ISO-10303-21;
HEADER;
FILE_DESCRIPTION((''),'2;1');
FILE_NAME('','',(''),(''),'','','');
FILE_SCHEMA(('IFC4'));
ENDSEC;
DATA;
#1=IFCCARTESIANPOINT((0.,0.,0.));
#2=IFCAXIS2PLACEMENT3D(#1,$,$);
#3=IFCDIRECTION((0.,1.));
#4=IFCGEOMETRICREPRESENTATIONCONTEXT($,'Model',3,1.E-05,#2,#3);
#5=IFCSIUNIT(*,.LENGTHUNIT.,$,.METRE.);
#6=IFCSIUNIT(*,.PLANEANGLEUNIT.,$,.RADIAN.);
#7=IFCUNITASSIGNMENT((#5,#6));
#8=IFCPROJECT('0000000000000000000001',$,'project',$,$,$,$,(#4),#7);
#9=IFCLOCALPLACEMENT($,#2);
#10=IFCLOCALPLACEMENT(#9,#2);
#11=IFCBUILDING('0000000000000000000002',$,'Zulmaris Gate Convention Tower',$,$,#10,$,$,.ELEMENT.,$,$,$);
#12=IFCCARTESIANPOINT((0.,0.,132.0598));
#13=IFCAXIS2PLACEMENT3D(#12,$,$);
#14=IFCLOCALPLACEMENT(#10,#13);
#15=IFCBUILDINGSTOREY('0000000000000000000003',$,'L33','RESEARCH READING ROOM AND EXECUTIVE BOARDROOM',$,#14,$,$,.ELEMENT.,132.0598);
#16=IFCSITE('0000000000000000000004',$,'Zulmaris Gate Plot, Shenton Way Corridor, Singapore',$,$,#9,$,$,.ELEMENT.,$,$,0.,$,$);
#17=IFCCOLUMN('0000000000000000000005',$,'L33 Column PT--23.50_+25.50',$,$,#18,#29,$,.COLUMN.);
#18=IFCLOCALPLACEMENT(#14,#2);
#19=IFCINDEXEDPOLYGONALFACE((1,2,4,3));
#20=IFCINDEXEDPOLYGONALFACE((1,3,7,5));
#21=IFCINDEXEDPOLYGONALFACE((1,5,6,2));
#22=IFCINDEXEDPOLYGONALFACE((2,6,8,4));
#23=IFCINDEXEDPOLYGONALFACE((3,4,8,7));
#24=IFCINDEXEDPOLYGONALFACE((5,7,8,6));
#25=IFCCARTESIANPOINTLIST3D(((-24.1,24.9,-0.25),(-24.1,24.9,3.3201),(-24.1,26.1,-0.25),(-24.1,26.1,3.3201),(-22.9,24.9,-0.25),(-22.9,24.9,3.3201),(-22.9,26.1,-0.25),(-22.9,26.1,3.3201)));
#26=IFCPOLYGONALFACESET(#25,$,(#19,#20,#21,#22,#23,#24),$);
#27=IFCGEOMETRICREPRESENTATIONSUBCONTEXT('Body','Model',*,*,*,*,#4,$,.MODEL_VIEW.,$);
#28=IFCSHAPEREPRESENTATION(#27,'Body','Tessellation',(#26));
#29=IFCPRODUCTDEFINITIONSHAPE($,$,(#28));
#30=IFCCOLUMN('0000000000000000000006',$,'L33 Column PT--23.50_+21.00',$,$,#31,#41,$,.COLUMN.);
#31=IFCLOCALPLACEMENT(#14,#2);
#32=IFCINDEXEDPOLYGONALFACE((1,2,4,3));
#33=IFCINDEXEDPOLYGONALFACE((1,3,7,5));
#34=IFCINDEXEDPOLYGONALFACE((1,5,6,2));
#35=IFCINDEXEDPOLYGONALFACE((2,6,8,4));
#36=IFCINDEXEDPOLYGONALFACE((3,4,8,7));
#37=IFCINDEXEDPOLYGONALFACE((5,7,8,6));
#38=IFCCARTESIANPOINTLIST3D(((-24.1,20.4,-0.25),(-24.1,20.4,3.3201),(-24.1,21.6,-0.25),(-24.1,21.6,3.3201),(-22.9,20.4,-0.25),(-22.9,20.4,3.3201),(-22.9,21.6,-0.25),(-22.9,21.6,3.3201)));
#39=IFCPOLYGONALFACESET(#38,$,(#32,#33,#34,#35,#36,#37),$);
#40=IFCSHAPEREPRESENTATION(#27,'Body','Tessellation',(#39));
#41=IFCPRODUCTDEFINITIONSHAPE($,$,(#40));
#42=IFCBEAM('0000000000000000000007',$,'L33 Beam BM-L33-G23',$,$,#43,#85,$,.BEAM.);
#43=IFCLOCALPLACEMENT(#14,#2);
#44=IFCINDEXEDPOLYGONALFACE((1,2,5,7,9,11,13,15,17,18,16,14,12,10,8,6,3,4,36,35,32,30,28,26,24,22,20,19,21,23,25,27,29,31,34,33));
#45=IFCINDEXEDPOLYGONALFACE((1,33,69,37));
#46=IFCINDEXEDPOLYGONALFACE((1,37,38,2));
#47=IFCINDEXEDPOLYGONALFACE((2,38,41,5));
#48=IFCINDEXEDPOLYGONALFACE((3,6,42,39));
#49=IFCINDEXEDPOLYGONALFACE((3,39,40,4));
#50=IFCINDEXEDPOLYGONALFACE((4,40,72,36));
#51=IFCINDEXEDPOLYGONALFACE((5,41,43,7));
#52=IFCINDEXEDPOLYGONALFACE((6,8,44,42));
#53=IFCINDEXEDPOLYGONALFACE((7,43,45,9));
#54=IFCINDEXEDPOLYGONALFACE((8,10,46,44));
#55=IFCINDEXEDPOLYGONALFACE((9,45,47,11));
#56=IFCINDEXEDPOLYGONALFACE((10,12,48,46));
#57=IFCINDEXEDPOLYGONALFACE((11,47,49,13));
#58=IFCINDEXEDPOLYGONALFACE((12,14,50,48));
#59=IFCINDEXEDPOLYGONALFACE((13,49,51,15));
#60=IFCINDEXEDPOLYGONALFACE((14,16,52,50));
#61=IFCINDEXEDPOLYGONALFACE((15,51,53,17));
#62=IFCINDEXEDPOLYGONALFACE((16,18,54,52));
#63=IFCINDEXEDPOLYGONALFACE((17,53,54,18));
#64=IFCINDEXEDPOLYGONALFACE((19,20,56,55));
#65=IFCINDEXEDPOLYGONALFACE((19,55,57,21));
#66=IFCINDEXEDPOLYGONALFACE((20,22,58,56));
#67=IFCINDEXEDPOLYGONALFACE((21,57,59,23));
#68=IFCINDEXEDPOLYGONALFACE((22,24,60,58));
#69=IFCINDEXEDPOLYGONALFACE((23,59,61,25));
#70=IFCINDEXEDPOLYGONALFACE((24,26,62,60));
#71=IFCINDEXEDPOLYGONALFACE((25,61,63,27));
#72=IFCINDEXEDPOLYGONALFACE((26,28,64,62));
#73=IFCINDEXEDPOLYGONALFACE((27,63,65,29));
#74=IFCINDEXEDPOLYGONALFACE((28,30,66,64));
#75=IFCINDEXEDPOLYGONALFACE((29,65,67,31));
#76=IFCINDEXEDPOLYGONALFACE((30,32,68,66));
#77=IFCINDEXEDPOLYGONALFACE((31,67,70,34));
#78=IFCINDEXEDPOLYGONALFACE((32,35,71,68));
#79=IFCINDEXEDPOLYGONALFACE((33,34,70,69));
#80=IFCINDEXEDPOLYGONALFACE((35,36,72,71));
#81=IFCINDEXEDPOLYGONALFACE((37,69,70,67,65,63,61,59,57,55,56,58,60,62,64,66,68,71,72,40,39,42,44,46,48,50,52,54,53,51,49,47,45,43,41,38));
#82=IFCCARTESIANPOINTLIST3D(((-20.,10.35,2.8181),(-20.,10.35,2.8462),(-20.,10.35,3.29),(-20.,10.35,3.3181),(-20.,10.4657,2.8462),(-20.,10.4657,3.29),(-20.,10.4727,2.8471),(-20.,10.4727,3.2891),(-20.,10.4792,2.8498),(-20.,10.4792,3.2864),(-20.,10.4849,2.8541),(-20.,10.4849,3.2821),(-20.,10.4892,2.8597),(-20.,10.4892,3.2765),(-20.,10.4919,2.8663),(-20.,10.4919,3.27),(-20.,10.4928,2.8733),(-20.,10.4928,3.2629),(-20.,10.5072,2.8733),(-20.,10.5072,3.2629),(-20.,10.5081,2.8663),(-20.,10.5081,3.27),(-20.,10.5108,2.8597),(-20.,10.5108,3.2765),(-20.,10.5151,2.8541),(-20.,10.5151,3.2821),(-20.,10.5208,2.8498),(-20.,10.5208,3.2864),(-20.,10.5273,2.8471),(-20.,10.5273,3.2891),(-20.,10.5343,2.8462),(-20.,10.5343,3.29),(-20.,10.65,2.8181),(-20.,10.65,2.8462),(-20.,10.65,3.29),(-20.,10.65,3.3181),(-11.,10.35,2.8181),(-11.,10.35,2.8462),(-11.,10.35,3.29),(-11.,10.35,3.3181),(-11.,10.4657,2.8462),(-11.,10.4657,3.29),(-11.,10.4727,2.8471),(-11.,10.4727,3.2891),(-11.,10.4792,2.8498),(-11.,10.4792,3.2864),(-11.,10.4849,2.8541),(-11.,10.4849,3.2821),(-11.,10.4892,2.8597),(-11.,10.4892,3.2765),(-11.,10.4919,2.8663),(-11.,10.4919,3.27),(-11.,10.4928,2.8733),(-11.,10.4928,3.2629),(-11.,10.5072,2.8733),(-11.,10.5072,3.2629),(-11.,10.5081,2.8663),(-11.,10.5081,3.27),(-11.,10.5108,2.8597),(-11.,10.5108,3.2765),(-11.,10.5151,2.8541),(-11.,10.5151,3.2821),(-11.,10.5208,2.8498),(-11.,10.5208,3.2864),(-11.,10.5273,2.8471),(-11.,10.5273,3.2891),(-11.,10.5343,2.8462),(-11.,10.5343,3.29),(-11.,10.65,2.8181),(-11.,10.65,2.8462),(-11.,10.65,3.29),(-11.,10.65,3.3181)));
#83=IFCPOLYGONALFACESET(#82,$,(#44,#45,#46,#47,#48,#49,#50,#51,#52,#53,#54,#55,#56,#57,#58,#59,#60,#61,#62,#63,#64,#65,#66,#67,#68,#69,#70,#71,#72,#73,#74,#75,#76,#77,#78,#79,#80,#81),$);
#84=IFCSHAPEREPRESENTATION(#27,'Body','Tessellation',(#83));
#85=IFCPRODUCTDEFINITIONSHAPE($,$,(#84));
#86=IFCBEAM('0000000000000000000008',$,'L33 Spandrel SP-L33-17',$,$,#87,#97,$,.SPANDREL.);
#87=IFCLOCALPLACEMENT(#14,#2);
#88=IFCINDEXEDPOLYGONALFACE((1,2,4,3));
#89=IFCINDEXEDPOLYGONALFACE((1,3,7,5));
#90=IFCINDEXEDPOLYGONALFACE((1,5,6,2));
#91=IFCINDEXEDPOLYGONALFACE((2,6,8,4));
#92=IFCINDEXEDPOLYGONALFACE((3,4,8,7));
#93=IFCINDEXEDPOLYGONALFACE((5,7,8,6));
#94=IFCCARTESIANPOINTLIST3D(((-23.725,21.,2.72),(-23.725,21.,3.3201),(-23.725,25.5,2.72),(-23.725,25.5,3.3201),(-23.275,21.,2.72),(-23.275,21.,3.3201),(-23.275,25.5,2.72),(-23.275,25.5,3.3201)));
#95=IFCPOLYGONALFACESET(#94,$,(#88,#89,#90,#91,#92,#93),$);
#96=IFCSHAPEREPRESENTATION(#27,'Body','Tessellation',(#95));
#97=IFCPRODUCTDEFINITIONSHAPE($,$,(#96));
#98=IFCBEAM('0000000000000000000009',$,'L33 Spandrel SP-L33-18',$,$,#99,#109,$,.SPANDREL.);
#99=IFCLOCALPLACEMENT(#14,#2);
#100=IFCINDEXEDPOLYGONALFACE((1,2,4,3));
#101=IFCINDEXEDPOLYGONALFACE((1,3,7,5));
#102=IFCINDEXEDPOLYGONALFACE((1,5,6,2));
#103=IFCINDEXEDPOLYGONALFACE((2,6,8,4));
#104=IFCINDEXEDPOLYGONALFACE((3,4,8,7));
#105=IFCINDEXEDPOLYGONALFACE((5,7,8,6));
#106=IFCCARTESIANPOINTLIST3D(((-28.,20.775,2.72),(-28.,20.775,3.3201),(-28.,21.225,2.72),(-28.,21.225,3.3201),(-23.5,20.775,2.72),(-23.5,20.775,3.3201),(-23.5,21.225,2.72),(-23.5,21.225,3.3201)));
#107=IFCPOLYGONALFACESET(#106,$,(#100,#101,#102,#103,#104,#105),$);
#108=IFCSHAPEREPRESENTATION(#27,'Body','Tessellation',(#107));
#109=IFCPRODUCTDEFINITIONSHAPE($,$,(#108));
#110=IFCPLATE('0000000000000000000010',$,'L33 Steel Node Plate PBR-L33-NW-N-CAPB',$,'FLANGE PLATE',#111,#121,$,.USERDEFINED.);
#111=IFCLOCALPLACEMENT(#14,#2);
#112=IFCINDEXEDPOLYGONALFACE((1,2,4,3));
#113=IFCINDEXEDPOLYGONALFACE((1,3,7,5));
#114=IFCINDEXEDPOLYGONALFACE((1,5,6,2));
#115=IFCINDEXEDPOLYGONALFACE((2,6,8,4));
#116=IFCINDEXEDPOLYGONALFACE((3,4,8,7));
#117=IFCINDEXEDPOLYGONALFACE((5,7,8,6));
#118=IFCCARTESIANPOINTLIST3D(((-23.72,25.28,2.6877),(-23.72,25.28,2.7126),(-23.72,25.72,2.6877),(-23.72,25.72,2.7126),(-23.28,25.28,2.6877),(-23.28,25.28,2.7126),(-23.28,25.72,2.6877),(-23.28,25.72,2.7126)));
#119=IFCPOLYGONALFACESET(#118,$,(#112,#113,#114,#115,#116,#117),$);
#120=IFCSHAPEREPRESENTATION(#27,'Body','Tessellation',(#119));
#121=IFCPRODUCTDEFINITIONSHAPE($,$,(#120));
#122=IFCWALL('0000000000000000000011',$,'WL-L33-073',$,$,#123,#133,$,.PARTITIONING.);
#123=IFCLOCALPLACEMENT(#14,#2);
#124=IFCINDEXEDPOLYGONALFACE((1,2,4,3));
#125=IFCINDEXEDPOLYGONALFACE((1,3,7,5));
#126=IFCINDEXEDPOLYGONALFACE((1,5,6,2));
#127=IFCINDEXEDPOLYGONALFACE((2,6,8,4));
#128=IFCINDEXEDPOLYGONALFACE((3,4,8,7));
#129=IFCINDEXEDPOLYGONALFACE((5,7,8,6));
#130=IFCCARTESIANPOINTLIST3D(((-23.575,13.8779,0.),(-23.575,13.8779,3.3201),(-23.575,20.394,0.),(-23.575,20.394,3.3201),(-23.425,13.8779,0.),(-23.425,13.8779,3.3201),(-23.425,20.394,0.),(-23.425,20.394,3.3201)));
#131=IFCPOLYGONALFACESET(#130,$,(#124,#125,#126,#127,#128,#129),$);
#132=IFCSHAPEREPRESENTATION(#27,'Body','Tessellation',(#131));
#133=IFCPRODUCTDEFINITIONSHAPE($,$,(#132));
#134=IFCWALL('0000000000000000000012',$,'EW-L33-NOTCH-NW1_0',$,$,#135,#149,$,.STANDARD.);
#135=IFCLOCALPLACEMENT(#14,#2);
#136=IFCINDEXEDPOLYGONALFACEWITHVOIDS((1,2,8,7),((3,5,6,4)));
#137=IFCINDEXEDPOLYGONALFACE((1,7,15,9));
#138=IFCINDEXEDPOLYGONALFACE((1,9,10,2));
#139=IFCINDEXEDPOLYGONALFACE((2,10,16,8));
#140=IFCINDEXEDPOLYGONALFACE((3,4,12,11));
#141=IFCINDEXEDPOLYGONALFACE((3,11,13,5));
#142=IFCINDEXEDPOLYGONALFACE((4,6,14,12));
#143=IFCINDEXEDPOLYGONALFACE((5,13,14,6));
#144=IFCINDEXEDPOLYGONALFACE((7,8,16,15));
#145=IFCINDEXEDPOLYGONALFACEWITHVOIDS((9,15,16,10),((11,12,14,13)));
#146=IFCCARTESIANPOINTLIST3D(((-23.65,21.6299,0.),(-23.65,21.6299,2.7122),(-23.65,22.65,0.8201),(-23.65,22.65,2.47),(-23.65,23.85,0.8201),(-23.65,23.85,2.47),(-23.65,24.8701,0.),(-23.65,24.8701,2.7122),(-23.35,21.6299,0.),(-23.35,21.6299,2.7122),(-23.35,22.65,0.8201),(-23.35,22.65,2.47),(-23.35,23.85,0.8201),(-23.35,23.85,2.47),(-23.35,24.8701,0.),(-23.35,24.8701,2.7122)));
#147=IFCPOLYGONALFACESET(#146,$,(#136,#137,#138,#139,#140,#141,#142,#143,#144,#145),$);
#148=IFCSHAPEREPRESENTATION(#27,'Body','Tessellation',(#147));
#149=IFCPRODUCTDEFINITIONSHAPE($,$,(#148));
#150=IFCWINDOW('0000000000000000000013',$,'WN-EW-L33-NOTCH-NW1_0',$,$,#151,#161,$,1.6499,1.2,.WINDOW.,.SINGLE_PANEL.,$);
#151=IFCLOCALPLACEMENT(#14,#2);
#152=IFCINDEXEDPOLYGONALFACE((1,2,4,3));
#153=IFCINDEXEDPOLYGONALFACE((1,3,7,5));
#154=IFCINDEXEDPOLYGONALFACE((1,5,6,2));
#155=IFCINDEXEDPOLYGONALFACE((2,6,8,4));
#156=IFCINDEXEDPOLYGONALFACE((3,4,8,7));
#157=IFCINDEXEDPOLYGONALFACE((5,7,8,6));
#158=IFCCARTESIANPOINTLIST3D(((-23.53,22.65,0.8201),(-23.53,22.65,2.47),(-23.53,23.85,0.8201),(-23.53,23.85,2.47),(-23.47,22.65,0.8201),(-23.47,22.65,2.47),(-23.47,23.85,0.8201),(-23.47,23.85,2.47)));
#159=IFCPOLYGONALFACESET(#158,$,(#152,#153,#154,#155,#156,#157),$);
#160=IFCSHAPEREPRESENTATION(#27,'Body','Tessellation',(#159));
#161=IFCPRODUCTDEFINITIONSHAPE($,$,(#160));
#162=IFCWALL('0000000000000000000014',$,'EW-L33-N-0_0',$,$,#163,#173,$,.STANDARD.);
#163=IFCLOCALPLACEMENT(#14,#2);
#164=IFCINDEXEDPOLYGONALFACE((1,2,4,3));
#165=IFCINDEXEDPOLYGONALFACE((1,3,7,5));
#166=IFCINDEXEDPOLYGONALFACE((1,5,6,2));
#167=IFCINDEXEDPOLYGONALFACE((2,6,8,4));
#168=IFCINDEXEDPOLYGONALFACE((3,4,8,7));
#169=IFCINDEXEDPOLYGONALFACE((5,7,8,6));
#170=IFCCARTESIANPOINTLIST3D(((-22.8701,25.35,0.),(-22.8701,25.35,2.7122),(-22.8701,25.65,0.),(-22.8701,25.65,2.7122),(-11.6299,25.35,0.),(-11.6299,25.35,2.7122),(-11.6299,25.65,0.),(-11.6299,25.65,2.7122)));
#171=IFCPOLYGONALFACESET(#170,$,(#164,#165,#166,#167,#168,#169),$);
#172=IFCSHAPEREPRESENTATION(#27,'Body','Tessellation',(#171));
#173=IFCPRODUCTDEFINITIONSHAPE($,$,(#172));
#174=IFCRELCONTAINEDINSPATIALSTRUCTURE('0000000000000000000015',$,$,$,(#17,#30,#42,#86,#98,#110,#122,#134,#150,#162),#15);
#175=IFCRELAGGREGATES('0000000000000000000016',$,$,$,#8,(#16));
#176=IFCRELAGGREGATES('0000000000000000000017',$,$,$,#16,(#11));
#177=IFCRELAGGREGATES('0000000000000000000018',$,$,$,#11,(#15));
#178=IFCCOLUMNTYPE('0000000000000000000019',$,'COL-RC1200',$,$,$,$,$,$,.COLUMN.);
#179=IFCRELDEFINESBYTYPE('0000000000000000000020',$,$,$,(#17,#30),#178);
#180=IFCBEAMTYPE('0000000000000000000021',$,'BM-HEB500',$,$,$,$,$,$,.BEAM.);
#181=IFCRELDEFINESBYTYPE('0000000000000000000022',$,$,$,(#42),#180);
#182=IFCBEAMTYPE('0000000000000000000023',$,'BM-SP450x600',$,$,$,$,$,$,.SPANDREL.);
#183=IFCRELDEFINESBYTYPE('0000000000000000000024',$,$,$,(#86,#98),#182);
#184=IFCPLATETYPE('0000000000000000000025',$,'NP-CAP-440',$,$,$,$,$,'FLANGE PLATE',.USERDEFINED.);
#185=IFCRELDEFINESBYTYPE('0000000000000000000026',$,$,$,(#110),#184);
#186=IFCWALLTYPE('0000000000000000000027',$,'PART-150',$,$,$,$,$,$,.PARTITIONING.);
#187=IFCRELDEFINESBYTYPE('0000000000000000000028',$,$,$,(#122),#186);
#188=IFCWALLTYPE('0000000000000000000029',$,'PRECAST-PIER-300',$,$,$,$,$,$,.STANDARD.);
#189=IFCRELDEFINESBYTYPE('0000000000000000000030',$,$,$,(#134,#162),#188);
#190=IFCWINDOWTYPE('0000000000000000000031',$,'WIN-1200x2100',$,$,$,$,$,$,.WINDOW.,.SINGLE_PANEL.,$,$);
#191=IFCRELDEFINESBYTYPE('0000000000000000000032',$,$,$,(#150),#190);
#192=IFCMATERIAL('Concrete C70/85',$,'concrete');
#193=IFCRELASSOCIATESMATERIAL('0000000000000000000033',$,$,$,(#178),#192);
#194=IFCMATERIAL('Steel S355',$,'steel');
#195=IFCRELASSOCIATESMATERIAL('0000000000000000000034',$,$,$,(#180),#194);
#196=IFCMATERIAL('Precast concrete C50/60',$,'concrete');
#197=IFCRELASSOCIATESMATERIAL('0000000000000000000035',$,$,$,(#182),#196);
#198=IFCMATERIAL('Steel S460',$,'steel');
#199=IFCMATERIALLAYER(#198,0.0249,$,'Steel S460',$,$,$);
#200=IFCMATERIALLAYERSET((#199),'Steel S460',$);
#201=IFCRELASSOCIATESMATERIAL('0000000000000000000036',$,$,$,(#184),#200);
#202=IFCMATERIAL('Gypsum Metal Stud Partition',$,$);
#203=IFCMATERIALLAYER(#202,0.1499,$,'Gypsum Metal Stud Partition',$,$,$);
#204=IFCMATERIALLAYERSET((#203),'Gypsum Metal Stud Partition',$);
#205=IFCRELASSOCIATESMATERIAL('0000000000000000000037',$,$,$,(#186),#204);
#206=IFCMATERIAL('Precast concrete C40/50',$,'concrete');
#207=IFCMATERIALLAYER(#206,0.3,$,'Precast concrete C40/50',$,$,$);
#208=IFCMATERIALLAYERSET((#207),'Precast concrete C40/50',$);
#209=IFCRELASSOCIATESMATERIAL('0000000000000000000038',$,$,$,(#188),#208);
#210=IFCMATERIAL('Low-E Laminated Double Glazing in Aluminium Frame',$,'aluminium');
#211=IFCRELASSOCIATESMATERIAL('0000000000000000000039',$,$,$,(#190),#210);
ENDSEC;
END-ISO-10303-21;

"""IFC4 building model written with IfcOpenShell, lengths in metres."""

from ifc_helpers import new_model, si_unit, direction, frame, frame_2d, origin, origin_2d, place, context, subcontext, project, spatial, rectangle, i_section, extrude, material, layer, layer_set, material_profile, profile_set, type_object, element, fill, save


model = new_model("IFC4")

# Units and contexts
model_context = context("Model", 3, precision=1e-05, world=origin(), true_north=direction((0.0, 1.0)))
body_context = subcontext(model_context, "Body", "Model", "MODEL_VIEW")
ifc_project = project(units=[si_unit("LENGTHUNIT", "METRE"), si_unit("PLANEANGLEUNIT", "RADIAN")], contexts=[model_context])

# Site, building, storey
site_placement = place(None, origin())
site = spatial("IfcSite", under=ifc_project, at=site_placement, Name="Zulmaris Gate Plot, Shenton Way Corridor, Singapore", CompositionType="ELEMENT", RefElevation=0.0)
building_placement = place(site_placement, origin())
building = spatial("IfcBuilding", under=site, at=building_placement, Name="Zulmaris Gate Convention Tower", CompositionType="ELEMENT")
storey_placement = place(building_placement, frame((0.0, 0.0, 132.0598)))
storey = spatial("IfcBuildingStorey", under=building, at=storey_placement, Name="L33", Description="RESEARCH READING ROOM AND EXECUTIVE BOARDROOM", CompositionType="ELEMENT", Elevation=132.0598)

# Columns
ifc_material_1 = material(Name="Concrete C70/85", Category="concrete")
ifc_material_profile_1 = material_profile(ifc_material_1, rectangle(XDim=1.2, YDim=1.2, at=origin_2d()), Name="RC COL 1200x1200")
ifc_profile_set_1 = profile_set([ifc_material_profile_1], Name="Concrete C70/85")
column_type = type_object("IfcColumnType", Name="COL-RC1200", PredefinedType="COLUMN", material=ifc_profile_set_1)
for number, where, z_axis, x_axis, name in (
    (1, (-23.5, 25.5, -0.25), (0.0, 0.0, 1.0), (1.0, 0.0, 0.0), "L33 Column PT--23.50_+25.50"),
    (2, (-23.5, 21.0, -0.25), (0.0, 0.0, 1.0), (1.0, 0.0, 0.0), "L33 Column PT--23.50_+21.00"),
):
    element("IfcColumn", number, at=place(storey_placement, frame(where, z_axis=z_axis, x_axis=x_axis)), inside=storey, type_object=column_type, Name=name, PredefinedType="COLUMN", context=body_context, shape_type="SweptSolid", body=[
        extrude(rectangle(XDim=1.2, YDim=1.2, at=origin_2d()), origin(), (0.0, 0.0, 1.0), 3.5701),
    ])

# Beams
ifc_material_2 = material(Name="Steel S355", Category="steel")
ifc_material_profile_2 = material_profile(ifc_material_2, i_section(OverallWidth=0.3, OverallDepth=0.5, WebThickness=0.0144, FlangeThickness=0.0281, FilletRadius=0.0271, at=origin_2d()), Name="HEB 500")
ifc_profile_set_2 = profile_set([ifc_material_profile_2], Name="Steel S355")
beam_type_1 = type_object("IfcBeamType", Name="BM-HEB500", PredefinedType="BEAM", material=ifc_profile_set_2)
beam_placement = place(storey_placement, frame((-20.0, 10.5, 3.0681), z_axis=(1.0, 0.0, 0.0), x_axis=(0.0, 1.0, 0.0)))
element("IfcBeam", 3, at=beam_placement, inside=storey, type_object=beam_type_1, Name="L33 Beam BM-L33-G23", PredefinedType="BEAM", context=body_context, shape_type="SweptSolid", body=[
    extrude(i_section(OverallWidth=0.3, OverallDepth=0.5, WebThickness=0.0144, FlangeThickness=0.0281, FilletRadius=0.0271, at=origin_2d()), origin(), (0.0, 0.0, 1.0), 9.0),
])
ifc_material_3 = material(Name="Precast concrete C50/60", Category="concrete")
ifc_material_profile_3 = material_profile(ifc_material_3, rectangle(XDim=0.45, YDim=0.6001, at=origin_2d()), Name="RC SPANDREL 450x600")
ifc_profile_set_3 = profile_set([ifc_material_profile_3], Name="Precast concrete C50/60")
beam_type_2 = type_object("IfcBeamType", Name="BM-SP450x600", PredefinedType="SPANDREL", material=ifc_profile_set_3)
for number, where, z_axis, x_axis, name in (
    (4, (-23.5, 25.5, 3.02), (0.0, -1.0, 0.0), (1.0, 0.0, 0.0), "L33 Spandrel SP-L33-17"),
    (5, (-23.5, 21.0, 3.02), (-1.0, 0.0, 0.0), (0.0, -1.0, 0.0), "L33 Spandrel SP-L33-18"),
):
    element("IfcBeam", number, at=place(storey_placement, frame(where, z_axis=z_axis, x_axis=x_axis)), inside=storey, type_object=beam_type_2, Name=name, PredefinedType="SPANDREL", context=body_context, shape_type="SweptSolid", body=[
        extrude(rectangle(XDim=0.45, YDim=0.6001, at=origin_2d()), origin(), (0.0, 0.0, 1.0), 4.5),
    ])

# Plate
ifc_material_4 = material(Name="Steel S460", Category="steel")
ifc_layer_1 = layer(ifc_material_4, 0.0249, Name="Steel S460")
ifc_layer_set_1 = layer_set([ifc_layer_1], Name="Steel S460")
plate_type = type_object("IfcPlateType", Name="NP-CAP-440", ElementType="FLANGE PLATE", PredefinedType="USERDEFINED", material=ifc_layer_set_1)
plate_placement = place(storey_placement, frame((-23.5, 25.5, 2.6877), z_axis=(0.0, 0.0, 1.0), x_axis=(1.0, 0.0, 0.0)))
element("IfcPlate", 6, at=plate_placement, inside=storey, type_object=plate_type, Name="L33 Steel Node Plate PBR-L33-NW-N-CAPB", ObjectType="FLANGE PLATE", PredefinedType="USERDEFINED", context=body_context, shape_type="SweptSolid", body=[
    extrude(rectangle(XDim=0.4399, YDim=0.4399, at=origin_2d()), origin(), (0.0, 0.0, 1.0), 0.0249),
])

# Wall
ifc_material_5 = material(Name="Gypsum Metal Stud Partition")
ifc_layer_2 = layer(ifc_material_5, 0.1499, Name="Gypsum Metal Stud Partition")
ifc_layer_set_2 = layer_set([ifc_layer_2], Name="Gypsum Metal Stud Partition")
wall_type_1 = type_object("IfcWallType", Name="PART-150", PredefinedType="PARTITIONING", material=ifc_layer_set_2)
wall_1_placement = place(storey_placement, frame((-23.5, 13.8779, 0.0), z_axis=(0.0, 0.0, 1.0), x_axis=(0.0, 1.0, 0.0)))
element("IfcWall", 7, at=wall_1_placement, inside=storey, type_object=wall_type_1, Name="WL-L33-073", PredefinedType="PARTITIONING", context=body_context, shape_type="SweptSolid", body=[
    extrude(rectangle(XDim=6.5161, YDim=0.1499, at=frame_2d((3.2581, 0.0))), origin(), (0.0, 0.0, 1.0), 3.3201),
])

# Wall, opening, window
ifc_material_6 = material(Name="Precast concrete C40/50", Category="concrete")
ifc_layer_3 = layer(ifc_material_6, 0.3, Name="Precast concrete C40/50")
ifc_layer_set_3 = layer_set([ifc_layer_3], Name="Precast concrete C40/50")
wall_type_2 = type_object("IfcWallType", Name="PRECAST-PIER-300", PredefinedType="STANDARD", material=ifc_layer_set_3)
wall_2_placement = place(storey_placement, frame((-23.5, 24.8701, 0.0), z_axis=(0.0, 0.0, 1.0), x_axis=(0.0, -1.0, 0.0)))
wall_2 = element("IfcWall", 8, at=wall_2_placement, inside=storey, type_object=wall_type_2, Name="EW-L33-NOTCH-NW1_0", PredefinedType="STANDARD", context=body_context, shape_type="SweptSolid", body=[
    extrude(rectangle(XDim=3.2402, YDim=0.3, at=frame_2d((1.6201, 0.0))), origin(), (0.0, 0.0, 1.0), 2.7122),
])
opening_1_placement = place(wall_2_placement, frame((1.02, 0.0, 0.8201)))
opening_1 = element("IfcOpeningElement", 9, at=opening_1_placement, cuts=wall_2, PredefinedType="OPENING", context=body_context, shape_type="SweptSolid", body=[
    extrude(rectangle(XDim=1.2, YDim=1.6499, at=frame_2d((0.6001, 0.825))), frame((0.0, 0.1602, 0.0), z_axis=(0.0, -1.0, 0.0), x_axis=(1.0, 0.0, 0.0)), (0.0, 0.0, 1.0), 0.3201),
])
ifc_material_7 = material(Name="Low-E Laminated Double Glazing in Aluminium Frame", Category="aluminium")
window_type = type_object("IfcWindowType", Name="WIN-1200x2100", PartitioningType="SINGLE_PANEL", PredefinedType="WINDOW", material=ifc_material_7)
window_placement = place(opening_1_placement, origin())
window = element("IfcWindow", 10, at=window_placement, inside=storey, type_object=window_type, Name="WN-EW-L33-NOTCH-NW1_0", OverallHeight=1.6499, OverallWidth=1.2, PartitioningType="SINGLE_PANEL", PredefinedType="WINDOW", context=body_context, shape_type="SweptSolid", body=[
    extrude(rectangle(XDim=1.2, YDim=1.6499, at=frame_2d((0.6001, 0.825))), frame((0.0, 0.03, 0.0), z_axis=(0.0, -1.0, 0.0), x_axis=(1.0, 0.0, 0.0)), (0.0, 0.0, 1.0), 0.0601),
])
fill(opening_1, window)

# Wall
wall_3_placement = place(storey_placement, frame((-11.6299, 25.5, 0.0), z_axis=(0.0, 0.0, 1.0), x_axis=(-1.0, 0.0, 0.0)))
element("IfcWall", 11, at=wall_3_placement, inside=storey, type_object=wall_type_2, Name="EW-L33-N-0_0", PredefinedType="STANDARD", context=body_context, shape_type="SweptSolid", body=[
    extrude(rectangle(XDim=11.2402, YDim=0.3, at=frame_2d((5.6201, 0.0))), origin(), (0.0, 0.0, 1.0), 2.7122),
])

save(model, "model.ifc")
